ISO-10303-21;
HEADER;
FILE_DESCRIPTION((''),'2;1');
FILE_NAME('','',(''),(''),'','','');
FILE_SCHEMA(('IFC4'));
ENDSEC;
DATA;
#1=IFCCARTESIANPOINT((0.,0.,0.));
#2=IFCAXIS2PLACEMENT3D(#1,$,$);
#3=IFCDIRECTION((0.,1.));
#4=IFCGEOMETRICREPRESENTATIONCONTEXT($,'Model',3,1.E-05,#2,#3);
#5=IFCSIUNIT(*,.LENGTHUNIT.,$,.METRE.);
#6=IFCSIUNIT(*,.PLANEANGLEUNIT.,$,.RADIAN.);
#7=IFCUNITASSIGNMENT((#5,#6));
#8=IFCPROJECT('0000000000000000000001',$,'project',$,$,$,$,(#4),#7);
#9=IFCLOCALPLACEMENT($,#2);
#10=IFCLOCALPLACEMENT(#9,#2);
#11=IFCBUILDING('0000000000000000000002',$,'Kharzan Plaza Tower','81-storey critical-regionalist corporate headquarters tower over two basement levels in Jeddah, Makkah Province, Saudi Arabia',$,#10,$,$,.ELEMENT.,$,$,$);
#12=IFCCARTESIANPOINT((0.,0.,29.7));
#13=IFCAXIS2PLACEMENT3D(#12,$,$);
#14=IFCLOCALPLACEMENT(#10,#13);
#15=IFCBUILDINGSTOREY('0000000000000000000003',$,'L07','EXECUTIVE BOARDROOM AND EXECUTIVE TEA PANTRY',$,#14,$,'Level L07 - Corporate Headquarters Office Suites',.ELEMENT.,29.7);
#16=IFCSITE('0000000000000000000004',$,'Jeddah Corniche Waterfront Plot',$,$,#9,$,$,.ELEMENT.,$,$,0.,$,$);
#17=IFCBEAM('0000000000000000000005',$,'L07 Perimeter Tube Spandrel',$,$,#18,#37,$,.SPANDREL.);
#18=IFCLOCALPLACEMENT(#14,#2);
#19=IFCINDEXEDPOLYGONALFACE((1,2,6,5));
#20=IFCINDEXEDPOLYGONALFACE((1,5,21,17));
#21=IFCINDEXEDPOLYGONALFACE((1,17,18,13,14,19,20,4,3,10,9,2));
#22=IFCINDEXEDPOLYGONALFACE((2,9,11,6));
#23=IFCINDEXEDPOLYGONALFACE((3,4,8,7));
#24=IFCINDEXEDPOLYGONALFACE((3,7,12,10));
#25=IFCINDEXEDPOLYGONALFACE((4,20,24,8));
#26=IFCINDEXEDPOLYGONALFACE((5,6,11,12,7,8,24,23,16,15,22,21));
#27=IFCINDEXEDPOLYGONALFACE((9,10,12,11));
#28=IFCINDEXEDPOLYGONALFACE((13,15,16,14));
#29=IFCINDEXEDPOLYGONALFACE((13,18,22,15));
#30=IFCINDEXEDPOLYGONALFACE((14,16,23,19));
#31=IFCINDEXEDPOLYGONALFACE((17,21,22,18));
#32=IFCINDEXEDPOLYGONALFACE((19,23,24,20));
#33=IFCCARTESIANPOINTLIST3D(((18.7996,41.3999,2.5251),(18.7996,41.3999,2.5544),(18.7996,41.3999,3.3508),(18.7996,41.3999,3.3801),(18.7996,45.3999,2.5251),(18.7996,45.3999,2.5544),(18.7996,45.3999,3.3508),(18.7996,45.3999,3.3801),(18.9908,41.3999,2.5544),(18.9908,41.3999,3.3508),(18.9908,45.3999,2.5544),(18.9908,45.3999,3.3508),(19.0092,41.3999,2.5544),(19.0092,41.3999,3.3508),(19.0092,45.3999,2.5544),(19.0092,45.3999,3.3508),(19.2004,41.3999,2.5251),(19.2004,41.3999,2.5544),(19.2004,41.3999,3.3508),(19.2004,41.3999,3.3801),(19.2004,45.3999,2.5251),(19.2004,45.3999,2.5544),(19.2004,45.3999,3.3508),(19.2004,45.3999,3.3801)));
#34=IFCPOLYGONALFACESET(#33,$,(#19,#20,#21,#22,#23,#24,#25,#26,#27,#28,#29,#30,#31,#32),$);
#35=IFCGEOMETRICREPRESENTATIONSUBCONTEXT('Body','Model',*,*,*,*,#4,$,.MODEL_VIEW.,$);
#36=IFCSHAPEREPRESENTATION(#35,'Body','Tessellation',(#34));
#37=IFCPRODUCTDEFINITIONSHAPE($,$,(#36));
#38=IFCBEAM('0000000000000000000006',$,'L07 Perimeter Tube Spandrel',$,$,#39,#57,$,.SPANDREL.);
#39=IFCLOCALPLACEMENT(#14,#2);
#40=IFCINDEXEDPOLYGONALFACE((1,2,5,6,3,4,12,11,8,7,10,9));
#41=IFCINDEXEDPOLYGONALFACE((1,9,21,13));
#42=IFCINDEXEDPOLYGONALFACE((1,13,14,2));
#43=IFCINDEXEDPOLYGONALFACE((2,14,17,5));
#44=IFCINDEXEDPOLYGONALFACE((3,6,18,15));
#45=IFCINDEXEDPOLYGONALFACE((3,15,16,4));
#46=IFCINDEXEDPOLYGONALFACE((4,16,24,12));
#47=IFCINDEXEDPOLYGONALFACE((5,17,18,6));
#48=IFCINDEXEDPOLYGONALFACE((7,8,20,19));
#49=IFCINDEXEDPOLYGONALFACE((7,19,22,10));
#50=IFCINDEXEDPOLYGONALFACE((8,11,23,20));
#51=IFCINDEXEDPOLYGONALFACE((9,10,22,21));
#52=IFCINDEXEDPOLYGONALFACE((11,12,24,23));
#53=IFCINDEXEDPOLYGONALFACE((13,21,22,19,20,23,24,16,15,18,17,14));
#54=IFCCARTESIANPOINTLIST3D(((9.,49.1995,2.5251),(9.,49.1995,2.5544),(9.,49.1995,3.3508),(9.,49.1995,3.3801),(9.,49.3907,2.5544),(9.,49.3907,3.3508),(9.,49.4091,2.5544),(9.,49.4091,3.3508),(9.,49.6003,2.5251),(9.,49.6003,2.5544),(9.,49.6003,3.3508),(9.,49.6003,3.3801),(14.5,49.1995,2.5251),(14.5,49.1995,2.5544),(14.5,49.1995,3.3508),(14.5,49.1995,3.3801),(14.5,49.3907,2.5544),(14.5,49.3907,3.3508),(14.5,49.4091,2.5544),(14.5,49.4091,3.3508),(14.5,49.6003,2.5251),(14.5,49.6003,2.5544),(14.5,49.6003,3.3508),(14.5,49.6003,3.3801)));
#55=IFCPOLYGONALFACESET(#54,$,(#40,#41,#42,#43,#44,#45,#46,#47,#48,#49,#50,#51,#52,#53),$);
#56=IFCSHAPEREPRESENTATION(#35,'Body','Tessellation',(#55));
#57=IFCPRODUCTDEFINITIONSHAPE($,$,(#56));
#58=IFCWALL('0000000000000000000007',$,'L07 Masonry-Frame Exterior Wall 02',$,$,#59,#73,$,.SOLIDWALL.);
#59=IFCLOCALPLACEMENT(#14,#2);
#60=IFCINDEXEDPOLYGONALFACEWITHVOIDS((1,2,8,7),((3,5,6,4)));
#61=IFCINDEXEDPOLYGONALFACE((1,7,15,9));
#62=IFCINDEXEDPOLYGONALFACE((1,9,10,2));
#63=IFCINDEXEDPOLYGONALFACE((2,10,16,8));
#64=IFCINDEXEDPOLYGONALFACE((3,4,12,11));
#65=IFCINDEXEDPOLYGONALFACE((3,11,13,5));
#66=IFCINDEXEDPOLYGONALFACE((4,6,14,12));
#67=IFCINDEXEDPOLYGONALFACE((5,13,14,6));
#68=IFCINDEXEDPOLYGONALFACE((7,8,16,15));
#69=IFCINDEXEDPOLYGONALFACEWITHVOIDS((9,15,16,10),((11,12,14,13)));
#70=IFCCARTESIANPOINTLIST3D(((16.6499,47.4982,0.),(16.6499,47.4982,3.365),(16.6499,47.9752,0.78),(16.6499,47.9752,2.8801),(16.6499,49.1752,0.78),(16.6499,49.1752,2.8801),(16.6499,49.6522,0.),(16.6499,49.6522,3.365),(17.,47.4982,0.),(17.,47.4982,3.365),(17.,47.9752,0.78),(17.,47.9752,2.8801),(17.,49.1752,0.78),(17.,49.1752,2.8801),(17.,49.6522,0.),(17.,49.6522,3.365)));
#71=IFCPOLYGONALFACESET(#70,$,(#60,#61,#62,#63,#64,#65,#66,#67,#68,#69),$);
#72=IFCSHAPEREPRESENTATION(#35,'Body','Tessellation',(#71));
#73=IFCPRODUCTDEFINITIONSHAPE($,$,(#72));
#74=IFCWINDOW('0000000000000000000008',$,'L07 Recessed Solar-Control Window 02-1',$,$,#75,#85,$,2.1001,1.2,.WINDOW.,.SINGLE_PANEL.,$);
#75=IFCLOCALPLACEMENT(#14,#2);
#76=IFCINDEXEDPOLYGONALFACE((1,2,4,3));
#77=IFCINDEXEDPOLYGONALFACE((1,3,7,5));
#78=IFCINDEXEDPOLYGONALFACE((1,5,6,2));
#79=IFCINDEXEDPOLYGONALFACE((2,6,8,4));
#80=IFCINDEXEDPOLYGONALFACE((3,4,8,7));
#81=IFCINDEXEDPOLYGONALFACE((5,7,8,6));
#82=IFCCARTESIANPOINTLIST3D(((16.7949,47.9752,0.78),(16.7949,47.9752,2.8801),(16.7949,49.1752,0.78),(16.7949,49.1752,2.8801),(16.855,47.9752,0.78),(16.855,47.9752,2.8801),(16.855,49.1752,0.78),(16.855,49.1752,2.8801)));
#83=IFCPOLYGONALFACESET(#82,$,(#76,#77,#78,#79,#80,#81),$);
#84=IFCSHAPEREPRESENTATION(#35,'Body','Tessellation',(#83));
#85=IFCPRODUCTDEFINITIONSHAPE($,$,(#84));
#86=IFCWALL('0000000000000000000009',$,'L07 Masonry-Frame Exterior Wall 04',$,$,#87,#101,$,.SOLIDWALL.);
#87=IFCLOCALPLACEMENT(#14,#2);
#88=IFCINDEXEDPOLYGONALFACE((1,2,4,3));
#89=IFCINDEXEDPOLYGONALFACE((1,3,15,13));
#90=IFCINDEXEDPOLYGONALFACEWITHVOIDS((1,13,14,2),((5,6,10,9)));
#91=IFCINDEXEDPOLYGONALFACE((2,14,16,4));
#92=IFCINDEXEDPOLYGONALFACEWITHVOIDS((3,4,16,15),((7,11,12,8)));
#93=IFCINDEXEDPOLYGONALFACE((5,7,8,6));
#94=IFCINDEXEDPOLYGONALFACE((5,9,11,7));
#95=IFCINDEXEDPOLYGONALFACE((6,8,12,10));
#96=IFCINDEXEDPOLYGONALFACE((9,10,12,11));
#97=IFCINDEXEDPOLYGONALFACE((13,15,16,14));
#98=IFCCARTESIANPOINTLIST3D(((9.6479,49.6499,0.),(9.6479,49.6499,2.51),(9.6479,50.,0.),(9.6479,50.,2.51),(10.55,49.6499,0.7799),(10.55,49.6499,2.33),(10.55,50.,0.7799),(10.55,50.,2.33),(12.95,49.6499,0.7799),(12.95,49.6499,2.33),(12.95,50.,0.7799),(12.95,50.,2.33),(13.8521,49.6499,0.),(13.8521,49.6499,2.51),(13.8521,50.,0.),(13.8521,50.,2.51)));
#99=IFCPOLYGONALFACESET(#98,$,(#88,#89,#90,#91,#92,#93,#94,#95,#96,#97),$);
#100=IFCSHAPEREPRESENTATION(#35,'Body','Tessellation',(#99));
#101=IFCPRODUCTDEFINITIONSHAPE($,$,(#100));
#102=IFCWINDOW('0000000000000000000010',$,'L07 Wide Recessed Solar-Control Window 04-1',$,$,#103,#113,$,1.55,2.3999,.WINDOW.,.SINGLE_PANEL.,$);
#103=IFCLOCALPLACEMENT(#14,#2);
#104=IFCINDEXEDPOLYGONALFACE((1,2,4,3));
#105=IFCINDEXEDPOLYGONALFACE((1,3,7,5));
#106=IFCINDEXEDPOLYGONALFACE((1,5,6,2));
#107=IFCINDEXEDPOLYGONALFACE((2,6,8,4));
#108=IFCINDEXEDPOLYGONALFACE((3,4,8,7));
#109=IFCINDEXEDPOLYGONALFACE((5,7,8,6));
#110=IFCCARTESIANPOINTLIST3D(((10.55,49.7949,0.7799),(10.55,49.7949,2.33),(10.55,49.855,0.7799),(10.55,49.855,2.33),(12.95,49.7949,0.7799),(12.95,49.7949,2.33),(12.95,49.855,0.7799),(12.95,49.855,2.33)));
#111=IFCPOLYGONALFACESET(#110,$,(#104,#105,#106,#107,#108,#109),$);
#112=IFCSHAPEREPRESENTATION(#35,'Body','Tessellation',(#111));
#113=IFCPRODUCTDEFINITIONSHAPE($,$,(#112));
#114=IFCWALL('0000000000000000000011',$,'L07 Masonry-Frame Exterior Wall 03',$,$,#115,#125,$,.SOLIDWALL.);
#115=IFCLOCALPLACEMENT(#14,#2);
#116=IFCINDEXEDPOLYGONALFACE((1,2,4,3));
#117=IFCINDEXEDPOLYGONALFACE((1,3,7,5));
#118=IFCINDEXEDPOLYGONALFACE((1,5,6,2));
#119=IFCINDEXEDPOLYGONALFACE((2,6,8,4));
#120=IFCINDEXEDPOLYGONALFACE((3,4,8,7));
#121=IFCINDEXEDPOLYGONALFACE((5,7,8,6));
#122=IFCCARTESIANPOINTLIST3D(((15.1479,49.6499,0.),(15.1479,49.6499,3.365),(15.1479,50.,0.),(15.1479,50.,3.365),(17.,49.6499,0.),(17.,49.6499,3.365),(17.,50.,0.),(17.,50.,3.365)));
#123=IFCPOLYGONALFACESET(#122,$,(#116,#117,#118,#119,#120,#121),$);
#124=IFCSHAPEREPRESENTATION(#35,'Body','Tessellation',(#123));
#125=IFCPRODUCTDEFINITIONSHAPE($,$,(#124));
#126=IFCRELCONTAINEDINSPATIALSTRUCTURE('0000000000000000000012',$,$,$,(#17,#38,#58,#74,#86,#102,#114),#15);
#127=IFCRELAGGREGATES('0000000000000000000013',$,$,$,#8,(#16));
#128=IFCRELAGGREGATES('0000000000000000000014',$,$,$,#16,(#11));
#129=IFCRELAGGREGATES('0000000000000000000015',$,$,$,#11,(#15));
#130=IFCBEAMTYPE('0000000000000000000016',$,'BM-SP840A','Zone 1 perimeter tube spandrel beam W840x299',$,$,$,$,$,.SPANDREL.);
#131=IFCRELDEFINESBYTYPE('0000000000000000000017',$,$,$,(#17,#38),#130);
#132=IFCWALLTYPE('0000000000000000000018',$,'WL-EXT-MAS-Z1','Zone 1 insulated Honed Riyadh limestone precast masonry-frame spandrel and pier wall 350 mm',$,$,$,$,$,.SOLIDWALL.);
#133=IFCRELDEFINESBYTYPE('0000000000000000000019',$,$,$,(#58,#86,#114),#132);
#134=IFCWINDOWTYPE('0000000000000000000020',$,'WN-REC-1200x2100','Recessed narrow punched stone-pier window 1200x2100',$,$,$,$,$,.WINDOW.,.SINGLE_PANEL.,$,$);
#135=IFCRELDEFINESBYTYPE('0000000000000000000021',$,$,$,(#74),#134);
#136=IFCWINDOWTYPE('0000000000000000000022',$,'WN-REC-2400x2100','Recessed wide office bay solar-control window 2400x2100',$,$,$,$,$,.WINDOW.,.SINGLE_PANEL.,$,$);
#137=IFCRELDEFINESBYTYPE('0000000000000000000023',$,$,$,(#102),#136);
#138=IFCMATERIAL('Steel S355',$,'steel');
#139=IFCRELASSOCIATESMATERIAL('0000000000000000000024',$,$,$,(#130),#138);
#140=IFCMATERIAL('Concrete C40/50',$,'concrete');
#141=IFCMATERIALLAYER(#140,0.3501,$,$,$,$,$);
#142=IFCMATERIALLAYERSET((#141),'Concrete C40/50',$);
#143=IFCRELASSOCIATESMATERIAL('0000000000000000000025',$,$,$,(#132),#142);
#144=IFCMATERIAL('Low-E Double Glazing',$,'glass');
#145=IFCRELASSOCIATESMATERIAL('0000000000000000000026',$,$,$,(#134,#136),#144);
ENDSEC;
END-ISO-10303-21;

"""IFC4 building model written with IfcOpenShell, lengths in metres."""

from ifc_helpers import new_model, si_unit, direction, frame, frame_2d, origin, origin_2d, place, context, subcontext, project, spatial, rectangle, i_section, extrude, source, transform, mapped, material, layer, layer_set, material_profile, profile_set, type_object, element, fill, save


model = new_model("IFC4")

# Units and contexts
model_context = context("Model", 3, precision=1e-05, world=origin(), true_north=direction((0.0, 1.0)))
body_context = subcontext(model_context, "Body", "Model", "MODEL_VIEW")
ifc_project = project(units=[si_unit("LENGTHUNIT", "METRE"), si_unit("PLANEANGLEUNIT", "RADIAN")], contexts=[model_context])

# Site, building, storey
site_placement = place(None, origin())
site = spatial("IfcSite", under=ifc_project, at=site_placement, Name="Jeddah Corniche Waterfront Plot", CompositionType="ELEMENT", RefElevation=0.0)
building_placement = place(site_placement, origin())
building = spatial("IfcBuilding", under=site, at=building_placement, Name="Kharzan Plaza Tower", Description="81-storey critical-regionalist corporate headquarters tower over two basement levels in Jeddah, Makkah Province, Saudi Arabia", CompositionType="ELEMENT")
storey_placement = place(building_placement, frame((0.0, 0.0, 29.7)))
storey = spatial("IfcBuildingStorey", under=building, at=storey_placement, Name="L07", Description="EXECUTIVE BOARDROOM AND EXECUTIVE TEA PANTRY", LongName="Level L07 - Corporate Headquarters Office Suites", CompositionType="ELEMENT", Elevation=29.7)

# Beams
ifc_material_1 = material(Name="Steel S355", Category="steel")
ifc_material_profile_1 = material_profile(ifc_material_1, i_section(OverallWidth=0.4009, OverallDepth=0.855, WebThickness=0.0183, FlangeThickness=0.0293, at=origin_2d()), Name="W840x299")
ifc_profile_set_1 = profile_set([ifc_material_profile_1], Name="Steel S355")
beam_type_1 = type_object("IfcBeamType", Name="BM-SP840A", Description="Zone 1 perimeter tube spandrel beam W840x299", PredefinedType="SPANDREL", material=ifc_profile_set_1)
shared_shape_1 = source(origin(), body_context, "Body", "SweptSolid", [
    extrude(i_section(OverallWidth=0.4009, OverallDepth=0.855, WebThickness=0.0183, FlangeThickness=0.0293, at=origin_2d()), origin(), (0.0, 0.0, 1.0), 4.0),
])
beam_1_placement = place(storey_placement, frame((19.0, 41.3999, 2.9526), z_axis=(0.0, 1.0, 0.0), x_axis=(-1.0, 0.0, 0.0)))
element("IfcBeam", 1, at=beam_1_placement, inside=storey, type_object=beam_type_1, Name="L07 Perimeter Tube Spandrel", PredefinedType="SPANDREL", context=body_context, shape_type="MappedRepresentation", body=[
    mapped(shared_shape_1, transform((0.0, 0.0, 0.0), x_axis=(1.0, 0.0, 0.0), y_axis=(0.0, 1.0, 0.0), z_axis=(0.0, 0.0, 1.0))),
])
shared_shape_2 = source(origin(), body_context, "Body", "SweptSolid", [
    extrude(i_section(OverallWidth=0.4009, OverallDepth=0.855, WebThickness=0.0183, FlangeThickness=0.0293, at=origin_2d()), origin(), (0.0, 0.0, 1.0), 5.5),
])
beam_2_placement = place(storey_placement, frame((9.0, 49.3999, 2.9526), z_axis=(1.0, 0.0, 0.0), x_axis=(0.0, 1.0, 0.0)))
element("IfcBeam", 2, at=beam_2_placement, inside=storey, type_object=beam_type_1, Name="L07 Perimeter Tube Spandrel", PredefinedType="SPANDREL", context=body_context, shape_type="MappedRepresentation", body=[
    mapped(shared_shape_2, transform((0.0, 0.0, 0.0), x_axis=(1.0, 0.0, 0.0), y_axis=(0.0, 1.0, 0.0), z_axis=(0.0, 0.0, 1.0))),
])

# Walls, openings, windows
ifc_material_2 = material(Name="Concrete C40/50", Category="concrete")
ifc_layer = layer(ifc_material_2, 0.3501)
ifc_layer_set = layer_set([ifc_layer], Name="Concrete C40/50")
wall_type = type_object("IfcWallType", Name="WL-EXT-MAS-Z1", Description="Zone 1 insulated Honed Riyadh limestone precast masonry-frame spandrel and pier wall 350 mm", PredefinedType="SOLIDWALL", material=ifc_layer_set)
wall_1_placement = place(storey_placement, frame((16.825, 47.498, 0.0), z_axis=(0.0, 0.0, 1.0), x_axis=(0.0, 1.0, 0.0)))
wall_1 = element("IfcWall", 3, at=wall_1_placement, inside=storey, type_object=wall_type, Name="L07 Masonry-Frame Exterior Wall 02", PredefinedType="SOLIDWALL", context=body_context, shape_type="SweptSolid", body=[
    extrude(rectangle(XDim=2.1541, YDim=0.3501, at=frame_2d((1.0771, 0.0))), origin(), (0.0, 0.0, 1.0), 3.365),
])
opening_1_placement = place(wall_1_placement, frame((0.4771, 0.0, 0.78)))
opening_1 = element("IfcOpeningElement", 4, at=opening_1_placement, cuts=wall_1, PredefinedType="OPENING", context=body_context, shape_type="SweptSolid", body=[
    extrude(rectangle(XDim=1.2, YDim=2.1001, at=frame_2d((0.6001, 1.05))), frame((0.0, 0.1851, 0.0), z_axis=(0.0, -1.0, 0.0), x_axis=(1.0, 0.0, 0.0)), (0.0, 0.0, 1.0), 0.3701),
])
ifc_material_3 = material(Name="Low-E Double Glazing", Category="glass")
window_type_1 = type_object("IfcWindowType", Name="WN-REC-1200x2100", Description="Recessed narrow punched stone-pier window 1200x2100", PartitioningType="SINGLE_PANEL", PredefinedType="WINDOW", material=ifc_material_3)
shared_shape_3 = source(origin(), body_context, "Body", "SweptSolid", [
    extrude(rectangle(XDim=1.2, YDim=2.1001, at=frame_2d((0.6001, 1.05))), frame((0.0, 0.03, 0.0), z_axis=(0.0, -1.0, 0.0), x_axis=(1.0, 0.0, 0.0)), (0.0, 0.0, 1.0), 0.0601),
])
window_1_placement = place(opening_1_placement, origin())
window_1 = element("IfcWindow", 5, at=window_1_placement, inside=storey, type_object=window_type_1, Name="L07 Recessed Solar-Control Window 02-1", OverallHeight=2.1001, OverallWidth=1.2, PartitioningType="SINGLE_PANEL", PredefinedType="WINDOW", context=body_context, shape_type="MappedRepresentation", body=[
    mapped(shared_shape_3, transform((0.0, 0.0, 0.0), x_axis=(1.0, 0.0, 0.0), y_axis=(0.0, 1.0, 0.0), z_axis=(0.0, 0.0, 1.0))),
])
fill(opening_1, window_1)
wall_2_placement = place(storey_placement, frame((13.8521, 49.825, 0.0), z_axis=(0.0, 0.0, 1.0), x_axis=(-1.0, 0.0, 0.0)))
wall_2 = element("IfcWall", 6, at=wall_2_placement, inside=storey, type_object=wall_type, Name="L07 Masonry-Frame Exterior Wall 04", PredefinedType="SOLIDWALL", context=body_context, shape_type="SweptSolid", body=[
    extrude(rectangle(XDim=4.2041, YDim=0.3501, at=frame_2d((2.1021, 0.0))), origin(), (0.0, 0.0, 1.0), 2.51),
])
opening_2_placement = place(wall_2_placement, frame((0.9021, 0.0, 0.78)))
opening_2 = element("IfcOpeningElement", 7, at=opening_2_placement, cuts=wall_2, PredefinedType="OPENING", context=body_context, shape_type="SweptSolid", body=[
    extrude(rectangle(XDim=2.3999, YDim=1.55, at=frame_2d((1.2, 0.7749))), frame((0.0, 0.1851, 0.0), z_axis=(0.0, -1.0, 0.0), x_axis=(1.0, 0.0, 0.0)), (0.0, 0.0, 1.0), 0.3701),
])
window_type_2 = type_object("IfcWindowType", Name="WN-REC-2400x2100", Description="Recessed wide office bay solar-control window 2400x2100", PartitioningType="SINGLE_PANEL", PredefinedType="WINDOW", material=ifc_material_3)
shared_shape_4 = source(origin(), body_context, "Body", "SweptSolid", [
    extrude(rectangle(XDim=2.3999, YDim=1.55, at=frame_2d((1.2, 0.7749))), frame((0.0, 0.03, 0.0), z_axis=(0.0, -1.0, 0.0), x_axis=(1.0, 0.0, 0.0)), (0.0, 0.0, 1.0), 0.0601),
])
window_2_placement = place(opening_2_placement, origin())
window_2 = element("IfcWindow", 8, at=window_2_placement, inside=storey, type_object=window_type_2, Name="L07 Wide Recessed Solar-Control Window 04-1", OverallHeight=1.55, OverallWidth=2.3999, PartitioningType="SINGLE_PANEL", PredefinedType="WINDOW", context=body_context, shape_type="MappedRepresentation", body=[
    mapped(shared_shape_4, transform((0.0, 0.0, 0.0), x_axis=(1.0, 0.0, 0.0), y_axis=(0.0, 1.0, 0.0), z_axis=(0.0, 0.0, 1.0))),
])
fill(opening_2, window_2)

# Wall
shared_shape_5 = source(origin(), body_context, "Body", "SweptSolid", [
    extrude(rectangle(XDim=1.8521, YDim=0.3501, at=frame_2d((0.926, 0.0))), origin(), (0.0, 0.0, 1.0), 3.365),
])
wall_3_placement = place(storey_placement, frame((17.0, 49.825, 0.0), z_axis=(0.0, 0.0, 1.0), x_axis=(-1.0, 0.0, 0.0)))
element("IfcWall", 9, at=wall_3_placement, inside=storey, type_object=wall_type, Name="L07 Masonry-Frame Exterior Wall 03", PredefinedType="SOLIDWALL", context=body_context, shape_type="MappedRepresentation", body=[
    mapped(shared_shape_5, transform((0.0, 0.0, 0.0), x_axis=(1.0, 0.0, 0.0), y_axis=(0.0, 1.0, 0.0), z_axis=(0.0, 0.0, 1.0))),
])

save(model, "model.ifc")
